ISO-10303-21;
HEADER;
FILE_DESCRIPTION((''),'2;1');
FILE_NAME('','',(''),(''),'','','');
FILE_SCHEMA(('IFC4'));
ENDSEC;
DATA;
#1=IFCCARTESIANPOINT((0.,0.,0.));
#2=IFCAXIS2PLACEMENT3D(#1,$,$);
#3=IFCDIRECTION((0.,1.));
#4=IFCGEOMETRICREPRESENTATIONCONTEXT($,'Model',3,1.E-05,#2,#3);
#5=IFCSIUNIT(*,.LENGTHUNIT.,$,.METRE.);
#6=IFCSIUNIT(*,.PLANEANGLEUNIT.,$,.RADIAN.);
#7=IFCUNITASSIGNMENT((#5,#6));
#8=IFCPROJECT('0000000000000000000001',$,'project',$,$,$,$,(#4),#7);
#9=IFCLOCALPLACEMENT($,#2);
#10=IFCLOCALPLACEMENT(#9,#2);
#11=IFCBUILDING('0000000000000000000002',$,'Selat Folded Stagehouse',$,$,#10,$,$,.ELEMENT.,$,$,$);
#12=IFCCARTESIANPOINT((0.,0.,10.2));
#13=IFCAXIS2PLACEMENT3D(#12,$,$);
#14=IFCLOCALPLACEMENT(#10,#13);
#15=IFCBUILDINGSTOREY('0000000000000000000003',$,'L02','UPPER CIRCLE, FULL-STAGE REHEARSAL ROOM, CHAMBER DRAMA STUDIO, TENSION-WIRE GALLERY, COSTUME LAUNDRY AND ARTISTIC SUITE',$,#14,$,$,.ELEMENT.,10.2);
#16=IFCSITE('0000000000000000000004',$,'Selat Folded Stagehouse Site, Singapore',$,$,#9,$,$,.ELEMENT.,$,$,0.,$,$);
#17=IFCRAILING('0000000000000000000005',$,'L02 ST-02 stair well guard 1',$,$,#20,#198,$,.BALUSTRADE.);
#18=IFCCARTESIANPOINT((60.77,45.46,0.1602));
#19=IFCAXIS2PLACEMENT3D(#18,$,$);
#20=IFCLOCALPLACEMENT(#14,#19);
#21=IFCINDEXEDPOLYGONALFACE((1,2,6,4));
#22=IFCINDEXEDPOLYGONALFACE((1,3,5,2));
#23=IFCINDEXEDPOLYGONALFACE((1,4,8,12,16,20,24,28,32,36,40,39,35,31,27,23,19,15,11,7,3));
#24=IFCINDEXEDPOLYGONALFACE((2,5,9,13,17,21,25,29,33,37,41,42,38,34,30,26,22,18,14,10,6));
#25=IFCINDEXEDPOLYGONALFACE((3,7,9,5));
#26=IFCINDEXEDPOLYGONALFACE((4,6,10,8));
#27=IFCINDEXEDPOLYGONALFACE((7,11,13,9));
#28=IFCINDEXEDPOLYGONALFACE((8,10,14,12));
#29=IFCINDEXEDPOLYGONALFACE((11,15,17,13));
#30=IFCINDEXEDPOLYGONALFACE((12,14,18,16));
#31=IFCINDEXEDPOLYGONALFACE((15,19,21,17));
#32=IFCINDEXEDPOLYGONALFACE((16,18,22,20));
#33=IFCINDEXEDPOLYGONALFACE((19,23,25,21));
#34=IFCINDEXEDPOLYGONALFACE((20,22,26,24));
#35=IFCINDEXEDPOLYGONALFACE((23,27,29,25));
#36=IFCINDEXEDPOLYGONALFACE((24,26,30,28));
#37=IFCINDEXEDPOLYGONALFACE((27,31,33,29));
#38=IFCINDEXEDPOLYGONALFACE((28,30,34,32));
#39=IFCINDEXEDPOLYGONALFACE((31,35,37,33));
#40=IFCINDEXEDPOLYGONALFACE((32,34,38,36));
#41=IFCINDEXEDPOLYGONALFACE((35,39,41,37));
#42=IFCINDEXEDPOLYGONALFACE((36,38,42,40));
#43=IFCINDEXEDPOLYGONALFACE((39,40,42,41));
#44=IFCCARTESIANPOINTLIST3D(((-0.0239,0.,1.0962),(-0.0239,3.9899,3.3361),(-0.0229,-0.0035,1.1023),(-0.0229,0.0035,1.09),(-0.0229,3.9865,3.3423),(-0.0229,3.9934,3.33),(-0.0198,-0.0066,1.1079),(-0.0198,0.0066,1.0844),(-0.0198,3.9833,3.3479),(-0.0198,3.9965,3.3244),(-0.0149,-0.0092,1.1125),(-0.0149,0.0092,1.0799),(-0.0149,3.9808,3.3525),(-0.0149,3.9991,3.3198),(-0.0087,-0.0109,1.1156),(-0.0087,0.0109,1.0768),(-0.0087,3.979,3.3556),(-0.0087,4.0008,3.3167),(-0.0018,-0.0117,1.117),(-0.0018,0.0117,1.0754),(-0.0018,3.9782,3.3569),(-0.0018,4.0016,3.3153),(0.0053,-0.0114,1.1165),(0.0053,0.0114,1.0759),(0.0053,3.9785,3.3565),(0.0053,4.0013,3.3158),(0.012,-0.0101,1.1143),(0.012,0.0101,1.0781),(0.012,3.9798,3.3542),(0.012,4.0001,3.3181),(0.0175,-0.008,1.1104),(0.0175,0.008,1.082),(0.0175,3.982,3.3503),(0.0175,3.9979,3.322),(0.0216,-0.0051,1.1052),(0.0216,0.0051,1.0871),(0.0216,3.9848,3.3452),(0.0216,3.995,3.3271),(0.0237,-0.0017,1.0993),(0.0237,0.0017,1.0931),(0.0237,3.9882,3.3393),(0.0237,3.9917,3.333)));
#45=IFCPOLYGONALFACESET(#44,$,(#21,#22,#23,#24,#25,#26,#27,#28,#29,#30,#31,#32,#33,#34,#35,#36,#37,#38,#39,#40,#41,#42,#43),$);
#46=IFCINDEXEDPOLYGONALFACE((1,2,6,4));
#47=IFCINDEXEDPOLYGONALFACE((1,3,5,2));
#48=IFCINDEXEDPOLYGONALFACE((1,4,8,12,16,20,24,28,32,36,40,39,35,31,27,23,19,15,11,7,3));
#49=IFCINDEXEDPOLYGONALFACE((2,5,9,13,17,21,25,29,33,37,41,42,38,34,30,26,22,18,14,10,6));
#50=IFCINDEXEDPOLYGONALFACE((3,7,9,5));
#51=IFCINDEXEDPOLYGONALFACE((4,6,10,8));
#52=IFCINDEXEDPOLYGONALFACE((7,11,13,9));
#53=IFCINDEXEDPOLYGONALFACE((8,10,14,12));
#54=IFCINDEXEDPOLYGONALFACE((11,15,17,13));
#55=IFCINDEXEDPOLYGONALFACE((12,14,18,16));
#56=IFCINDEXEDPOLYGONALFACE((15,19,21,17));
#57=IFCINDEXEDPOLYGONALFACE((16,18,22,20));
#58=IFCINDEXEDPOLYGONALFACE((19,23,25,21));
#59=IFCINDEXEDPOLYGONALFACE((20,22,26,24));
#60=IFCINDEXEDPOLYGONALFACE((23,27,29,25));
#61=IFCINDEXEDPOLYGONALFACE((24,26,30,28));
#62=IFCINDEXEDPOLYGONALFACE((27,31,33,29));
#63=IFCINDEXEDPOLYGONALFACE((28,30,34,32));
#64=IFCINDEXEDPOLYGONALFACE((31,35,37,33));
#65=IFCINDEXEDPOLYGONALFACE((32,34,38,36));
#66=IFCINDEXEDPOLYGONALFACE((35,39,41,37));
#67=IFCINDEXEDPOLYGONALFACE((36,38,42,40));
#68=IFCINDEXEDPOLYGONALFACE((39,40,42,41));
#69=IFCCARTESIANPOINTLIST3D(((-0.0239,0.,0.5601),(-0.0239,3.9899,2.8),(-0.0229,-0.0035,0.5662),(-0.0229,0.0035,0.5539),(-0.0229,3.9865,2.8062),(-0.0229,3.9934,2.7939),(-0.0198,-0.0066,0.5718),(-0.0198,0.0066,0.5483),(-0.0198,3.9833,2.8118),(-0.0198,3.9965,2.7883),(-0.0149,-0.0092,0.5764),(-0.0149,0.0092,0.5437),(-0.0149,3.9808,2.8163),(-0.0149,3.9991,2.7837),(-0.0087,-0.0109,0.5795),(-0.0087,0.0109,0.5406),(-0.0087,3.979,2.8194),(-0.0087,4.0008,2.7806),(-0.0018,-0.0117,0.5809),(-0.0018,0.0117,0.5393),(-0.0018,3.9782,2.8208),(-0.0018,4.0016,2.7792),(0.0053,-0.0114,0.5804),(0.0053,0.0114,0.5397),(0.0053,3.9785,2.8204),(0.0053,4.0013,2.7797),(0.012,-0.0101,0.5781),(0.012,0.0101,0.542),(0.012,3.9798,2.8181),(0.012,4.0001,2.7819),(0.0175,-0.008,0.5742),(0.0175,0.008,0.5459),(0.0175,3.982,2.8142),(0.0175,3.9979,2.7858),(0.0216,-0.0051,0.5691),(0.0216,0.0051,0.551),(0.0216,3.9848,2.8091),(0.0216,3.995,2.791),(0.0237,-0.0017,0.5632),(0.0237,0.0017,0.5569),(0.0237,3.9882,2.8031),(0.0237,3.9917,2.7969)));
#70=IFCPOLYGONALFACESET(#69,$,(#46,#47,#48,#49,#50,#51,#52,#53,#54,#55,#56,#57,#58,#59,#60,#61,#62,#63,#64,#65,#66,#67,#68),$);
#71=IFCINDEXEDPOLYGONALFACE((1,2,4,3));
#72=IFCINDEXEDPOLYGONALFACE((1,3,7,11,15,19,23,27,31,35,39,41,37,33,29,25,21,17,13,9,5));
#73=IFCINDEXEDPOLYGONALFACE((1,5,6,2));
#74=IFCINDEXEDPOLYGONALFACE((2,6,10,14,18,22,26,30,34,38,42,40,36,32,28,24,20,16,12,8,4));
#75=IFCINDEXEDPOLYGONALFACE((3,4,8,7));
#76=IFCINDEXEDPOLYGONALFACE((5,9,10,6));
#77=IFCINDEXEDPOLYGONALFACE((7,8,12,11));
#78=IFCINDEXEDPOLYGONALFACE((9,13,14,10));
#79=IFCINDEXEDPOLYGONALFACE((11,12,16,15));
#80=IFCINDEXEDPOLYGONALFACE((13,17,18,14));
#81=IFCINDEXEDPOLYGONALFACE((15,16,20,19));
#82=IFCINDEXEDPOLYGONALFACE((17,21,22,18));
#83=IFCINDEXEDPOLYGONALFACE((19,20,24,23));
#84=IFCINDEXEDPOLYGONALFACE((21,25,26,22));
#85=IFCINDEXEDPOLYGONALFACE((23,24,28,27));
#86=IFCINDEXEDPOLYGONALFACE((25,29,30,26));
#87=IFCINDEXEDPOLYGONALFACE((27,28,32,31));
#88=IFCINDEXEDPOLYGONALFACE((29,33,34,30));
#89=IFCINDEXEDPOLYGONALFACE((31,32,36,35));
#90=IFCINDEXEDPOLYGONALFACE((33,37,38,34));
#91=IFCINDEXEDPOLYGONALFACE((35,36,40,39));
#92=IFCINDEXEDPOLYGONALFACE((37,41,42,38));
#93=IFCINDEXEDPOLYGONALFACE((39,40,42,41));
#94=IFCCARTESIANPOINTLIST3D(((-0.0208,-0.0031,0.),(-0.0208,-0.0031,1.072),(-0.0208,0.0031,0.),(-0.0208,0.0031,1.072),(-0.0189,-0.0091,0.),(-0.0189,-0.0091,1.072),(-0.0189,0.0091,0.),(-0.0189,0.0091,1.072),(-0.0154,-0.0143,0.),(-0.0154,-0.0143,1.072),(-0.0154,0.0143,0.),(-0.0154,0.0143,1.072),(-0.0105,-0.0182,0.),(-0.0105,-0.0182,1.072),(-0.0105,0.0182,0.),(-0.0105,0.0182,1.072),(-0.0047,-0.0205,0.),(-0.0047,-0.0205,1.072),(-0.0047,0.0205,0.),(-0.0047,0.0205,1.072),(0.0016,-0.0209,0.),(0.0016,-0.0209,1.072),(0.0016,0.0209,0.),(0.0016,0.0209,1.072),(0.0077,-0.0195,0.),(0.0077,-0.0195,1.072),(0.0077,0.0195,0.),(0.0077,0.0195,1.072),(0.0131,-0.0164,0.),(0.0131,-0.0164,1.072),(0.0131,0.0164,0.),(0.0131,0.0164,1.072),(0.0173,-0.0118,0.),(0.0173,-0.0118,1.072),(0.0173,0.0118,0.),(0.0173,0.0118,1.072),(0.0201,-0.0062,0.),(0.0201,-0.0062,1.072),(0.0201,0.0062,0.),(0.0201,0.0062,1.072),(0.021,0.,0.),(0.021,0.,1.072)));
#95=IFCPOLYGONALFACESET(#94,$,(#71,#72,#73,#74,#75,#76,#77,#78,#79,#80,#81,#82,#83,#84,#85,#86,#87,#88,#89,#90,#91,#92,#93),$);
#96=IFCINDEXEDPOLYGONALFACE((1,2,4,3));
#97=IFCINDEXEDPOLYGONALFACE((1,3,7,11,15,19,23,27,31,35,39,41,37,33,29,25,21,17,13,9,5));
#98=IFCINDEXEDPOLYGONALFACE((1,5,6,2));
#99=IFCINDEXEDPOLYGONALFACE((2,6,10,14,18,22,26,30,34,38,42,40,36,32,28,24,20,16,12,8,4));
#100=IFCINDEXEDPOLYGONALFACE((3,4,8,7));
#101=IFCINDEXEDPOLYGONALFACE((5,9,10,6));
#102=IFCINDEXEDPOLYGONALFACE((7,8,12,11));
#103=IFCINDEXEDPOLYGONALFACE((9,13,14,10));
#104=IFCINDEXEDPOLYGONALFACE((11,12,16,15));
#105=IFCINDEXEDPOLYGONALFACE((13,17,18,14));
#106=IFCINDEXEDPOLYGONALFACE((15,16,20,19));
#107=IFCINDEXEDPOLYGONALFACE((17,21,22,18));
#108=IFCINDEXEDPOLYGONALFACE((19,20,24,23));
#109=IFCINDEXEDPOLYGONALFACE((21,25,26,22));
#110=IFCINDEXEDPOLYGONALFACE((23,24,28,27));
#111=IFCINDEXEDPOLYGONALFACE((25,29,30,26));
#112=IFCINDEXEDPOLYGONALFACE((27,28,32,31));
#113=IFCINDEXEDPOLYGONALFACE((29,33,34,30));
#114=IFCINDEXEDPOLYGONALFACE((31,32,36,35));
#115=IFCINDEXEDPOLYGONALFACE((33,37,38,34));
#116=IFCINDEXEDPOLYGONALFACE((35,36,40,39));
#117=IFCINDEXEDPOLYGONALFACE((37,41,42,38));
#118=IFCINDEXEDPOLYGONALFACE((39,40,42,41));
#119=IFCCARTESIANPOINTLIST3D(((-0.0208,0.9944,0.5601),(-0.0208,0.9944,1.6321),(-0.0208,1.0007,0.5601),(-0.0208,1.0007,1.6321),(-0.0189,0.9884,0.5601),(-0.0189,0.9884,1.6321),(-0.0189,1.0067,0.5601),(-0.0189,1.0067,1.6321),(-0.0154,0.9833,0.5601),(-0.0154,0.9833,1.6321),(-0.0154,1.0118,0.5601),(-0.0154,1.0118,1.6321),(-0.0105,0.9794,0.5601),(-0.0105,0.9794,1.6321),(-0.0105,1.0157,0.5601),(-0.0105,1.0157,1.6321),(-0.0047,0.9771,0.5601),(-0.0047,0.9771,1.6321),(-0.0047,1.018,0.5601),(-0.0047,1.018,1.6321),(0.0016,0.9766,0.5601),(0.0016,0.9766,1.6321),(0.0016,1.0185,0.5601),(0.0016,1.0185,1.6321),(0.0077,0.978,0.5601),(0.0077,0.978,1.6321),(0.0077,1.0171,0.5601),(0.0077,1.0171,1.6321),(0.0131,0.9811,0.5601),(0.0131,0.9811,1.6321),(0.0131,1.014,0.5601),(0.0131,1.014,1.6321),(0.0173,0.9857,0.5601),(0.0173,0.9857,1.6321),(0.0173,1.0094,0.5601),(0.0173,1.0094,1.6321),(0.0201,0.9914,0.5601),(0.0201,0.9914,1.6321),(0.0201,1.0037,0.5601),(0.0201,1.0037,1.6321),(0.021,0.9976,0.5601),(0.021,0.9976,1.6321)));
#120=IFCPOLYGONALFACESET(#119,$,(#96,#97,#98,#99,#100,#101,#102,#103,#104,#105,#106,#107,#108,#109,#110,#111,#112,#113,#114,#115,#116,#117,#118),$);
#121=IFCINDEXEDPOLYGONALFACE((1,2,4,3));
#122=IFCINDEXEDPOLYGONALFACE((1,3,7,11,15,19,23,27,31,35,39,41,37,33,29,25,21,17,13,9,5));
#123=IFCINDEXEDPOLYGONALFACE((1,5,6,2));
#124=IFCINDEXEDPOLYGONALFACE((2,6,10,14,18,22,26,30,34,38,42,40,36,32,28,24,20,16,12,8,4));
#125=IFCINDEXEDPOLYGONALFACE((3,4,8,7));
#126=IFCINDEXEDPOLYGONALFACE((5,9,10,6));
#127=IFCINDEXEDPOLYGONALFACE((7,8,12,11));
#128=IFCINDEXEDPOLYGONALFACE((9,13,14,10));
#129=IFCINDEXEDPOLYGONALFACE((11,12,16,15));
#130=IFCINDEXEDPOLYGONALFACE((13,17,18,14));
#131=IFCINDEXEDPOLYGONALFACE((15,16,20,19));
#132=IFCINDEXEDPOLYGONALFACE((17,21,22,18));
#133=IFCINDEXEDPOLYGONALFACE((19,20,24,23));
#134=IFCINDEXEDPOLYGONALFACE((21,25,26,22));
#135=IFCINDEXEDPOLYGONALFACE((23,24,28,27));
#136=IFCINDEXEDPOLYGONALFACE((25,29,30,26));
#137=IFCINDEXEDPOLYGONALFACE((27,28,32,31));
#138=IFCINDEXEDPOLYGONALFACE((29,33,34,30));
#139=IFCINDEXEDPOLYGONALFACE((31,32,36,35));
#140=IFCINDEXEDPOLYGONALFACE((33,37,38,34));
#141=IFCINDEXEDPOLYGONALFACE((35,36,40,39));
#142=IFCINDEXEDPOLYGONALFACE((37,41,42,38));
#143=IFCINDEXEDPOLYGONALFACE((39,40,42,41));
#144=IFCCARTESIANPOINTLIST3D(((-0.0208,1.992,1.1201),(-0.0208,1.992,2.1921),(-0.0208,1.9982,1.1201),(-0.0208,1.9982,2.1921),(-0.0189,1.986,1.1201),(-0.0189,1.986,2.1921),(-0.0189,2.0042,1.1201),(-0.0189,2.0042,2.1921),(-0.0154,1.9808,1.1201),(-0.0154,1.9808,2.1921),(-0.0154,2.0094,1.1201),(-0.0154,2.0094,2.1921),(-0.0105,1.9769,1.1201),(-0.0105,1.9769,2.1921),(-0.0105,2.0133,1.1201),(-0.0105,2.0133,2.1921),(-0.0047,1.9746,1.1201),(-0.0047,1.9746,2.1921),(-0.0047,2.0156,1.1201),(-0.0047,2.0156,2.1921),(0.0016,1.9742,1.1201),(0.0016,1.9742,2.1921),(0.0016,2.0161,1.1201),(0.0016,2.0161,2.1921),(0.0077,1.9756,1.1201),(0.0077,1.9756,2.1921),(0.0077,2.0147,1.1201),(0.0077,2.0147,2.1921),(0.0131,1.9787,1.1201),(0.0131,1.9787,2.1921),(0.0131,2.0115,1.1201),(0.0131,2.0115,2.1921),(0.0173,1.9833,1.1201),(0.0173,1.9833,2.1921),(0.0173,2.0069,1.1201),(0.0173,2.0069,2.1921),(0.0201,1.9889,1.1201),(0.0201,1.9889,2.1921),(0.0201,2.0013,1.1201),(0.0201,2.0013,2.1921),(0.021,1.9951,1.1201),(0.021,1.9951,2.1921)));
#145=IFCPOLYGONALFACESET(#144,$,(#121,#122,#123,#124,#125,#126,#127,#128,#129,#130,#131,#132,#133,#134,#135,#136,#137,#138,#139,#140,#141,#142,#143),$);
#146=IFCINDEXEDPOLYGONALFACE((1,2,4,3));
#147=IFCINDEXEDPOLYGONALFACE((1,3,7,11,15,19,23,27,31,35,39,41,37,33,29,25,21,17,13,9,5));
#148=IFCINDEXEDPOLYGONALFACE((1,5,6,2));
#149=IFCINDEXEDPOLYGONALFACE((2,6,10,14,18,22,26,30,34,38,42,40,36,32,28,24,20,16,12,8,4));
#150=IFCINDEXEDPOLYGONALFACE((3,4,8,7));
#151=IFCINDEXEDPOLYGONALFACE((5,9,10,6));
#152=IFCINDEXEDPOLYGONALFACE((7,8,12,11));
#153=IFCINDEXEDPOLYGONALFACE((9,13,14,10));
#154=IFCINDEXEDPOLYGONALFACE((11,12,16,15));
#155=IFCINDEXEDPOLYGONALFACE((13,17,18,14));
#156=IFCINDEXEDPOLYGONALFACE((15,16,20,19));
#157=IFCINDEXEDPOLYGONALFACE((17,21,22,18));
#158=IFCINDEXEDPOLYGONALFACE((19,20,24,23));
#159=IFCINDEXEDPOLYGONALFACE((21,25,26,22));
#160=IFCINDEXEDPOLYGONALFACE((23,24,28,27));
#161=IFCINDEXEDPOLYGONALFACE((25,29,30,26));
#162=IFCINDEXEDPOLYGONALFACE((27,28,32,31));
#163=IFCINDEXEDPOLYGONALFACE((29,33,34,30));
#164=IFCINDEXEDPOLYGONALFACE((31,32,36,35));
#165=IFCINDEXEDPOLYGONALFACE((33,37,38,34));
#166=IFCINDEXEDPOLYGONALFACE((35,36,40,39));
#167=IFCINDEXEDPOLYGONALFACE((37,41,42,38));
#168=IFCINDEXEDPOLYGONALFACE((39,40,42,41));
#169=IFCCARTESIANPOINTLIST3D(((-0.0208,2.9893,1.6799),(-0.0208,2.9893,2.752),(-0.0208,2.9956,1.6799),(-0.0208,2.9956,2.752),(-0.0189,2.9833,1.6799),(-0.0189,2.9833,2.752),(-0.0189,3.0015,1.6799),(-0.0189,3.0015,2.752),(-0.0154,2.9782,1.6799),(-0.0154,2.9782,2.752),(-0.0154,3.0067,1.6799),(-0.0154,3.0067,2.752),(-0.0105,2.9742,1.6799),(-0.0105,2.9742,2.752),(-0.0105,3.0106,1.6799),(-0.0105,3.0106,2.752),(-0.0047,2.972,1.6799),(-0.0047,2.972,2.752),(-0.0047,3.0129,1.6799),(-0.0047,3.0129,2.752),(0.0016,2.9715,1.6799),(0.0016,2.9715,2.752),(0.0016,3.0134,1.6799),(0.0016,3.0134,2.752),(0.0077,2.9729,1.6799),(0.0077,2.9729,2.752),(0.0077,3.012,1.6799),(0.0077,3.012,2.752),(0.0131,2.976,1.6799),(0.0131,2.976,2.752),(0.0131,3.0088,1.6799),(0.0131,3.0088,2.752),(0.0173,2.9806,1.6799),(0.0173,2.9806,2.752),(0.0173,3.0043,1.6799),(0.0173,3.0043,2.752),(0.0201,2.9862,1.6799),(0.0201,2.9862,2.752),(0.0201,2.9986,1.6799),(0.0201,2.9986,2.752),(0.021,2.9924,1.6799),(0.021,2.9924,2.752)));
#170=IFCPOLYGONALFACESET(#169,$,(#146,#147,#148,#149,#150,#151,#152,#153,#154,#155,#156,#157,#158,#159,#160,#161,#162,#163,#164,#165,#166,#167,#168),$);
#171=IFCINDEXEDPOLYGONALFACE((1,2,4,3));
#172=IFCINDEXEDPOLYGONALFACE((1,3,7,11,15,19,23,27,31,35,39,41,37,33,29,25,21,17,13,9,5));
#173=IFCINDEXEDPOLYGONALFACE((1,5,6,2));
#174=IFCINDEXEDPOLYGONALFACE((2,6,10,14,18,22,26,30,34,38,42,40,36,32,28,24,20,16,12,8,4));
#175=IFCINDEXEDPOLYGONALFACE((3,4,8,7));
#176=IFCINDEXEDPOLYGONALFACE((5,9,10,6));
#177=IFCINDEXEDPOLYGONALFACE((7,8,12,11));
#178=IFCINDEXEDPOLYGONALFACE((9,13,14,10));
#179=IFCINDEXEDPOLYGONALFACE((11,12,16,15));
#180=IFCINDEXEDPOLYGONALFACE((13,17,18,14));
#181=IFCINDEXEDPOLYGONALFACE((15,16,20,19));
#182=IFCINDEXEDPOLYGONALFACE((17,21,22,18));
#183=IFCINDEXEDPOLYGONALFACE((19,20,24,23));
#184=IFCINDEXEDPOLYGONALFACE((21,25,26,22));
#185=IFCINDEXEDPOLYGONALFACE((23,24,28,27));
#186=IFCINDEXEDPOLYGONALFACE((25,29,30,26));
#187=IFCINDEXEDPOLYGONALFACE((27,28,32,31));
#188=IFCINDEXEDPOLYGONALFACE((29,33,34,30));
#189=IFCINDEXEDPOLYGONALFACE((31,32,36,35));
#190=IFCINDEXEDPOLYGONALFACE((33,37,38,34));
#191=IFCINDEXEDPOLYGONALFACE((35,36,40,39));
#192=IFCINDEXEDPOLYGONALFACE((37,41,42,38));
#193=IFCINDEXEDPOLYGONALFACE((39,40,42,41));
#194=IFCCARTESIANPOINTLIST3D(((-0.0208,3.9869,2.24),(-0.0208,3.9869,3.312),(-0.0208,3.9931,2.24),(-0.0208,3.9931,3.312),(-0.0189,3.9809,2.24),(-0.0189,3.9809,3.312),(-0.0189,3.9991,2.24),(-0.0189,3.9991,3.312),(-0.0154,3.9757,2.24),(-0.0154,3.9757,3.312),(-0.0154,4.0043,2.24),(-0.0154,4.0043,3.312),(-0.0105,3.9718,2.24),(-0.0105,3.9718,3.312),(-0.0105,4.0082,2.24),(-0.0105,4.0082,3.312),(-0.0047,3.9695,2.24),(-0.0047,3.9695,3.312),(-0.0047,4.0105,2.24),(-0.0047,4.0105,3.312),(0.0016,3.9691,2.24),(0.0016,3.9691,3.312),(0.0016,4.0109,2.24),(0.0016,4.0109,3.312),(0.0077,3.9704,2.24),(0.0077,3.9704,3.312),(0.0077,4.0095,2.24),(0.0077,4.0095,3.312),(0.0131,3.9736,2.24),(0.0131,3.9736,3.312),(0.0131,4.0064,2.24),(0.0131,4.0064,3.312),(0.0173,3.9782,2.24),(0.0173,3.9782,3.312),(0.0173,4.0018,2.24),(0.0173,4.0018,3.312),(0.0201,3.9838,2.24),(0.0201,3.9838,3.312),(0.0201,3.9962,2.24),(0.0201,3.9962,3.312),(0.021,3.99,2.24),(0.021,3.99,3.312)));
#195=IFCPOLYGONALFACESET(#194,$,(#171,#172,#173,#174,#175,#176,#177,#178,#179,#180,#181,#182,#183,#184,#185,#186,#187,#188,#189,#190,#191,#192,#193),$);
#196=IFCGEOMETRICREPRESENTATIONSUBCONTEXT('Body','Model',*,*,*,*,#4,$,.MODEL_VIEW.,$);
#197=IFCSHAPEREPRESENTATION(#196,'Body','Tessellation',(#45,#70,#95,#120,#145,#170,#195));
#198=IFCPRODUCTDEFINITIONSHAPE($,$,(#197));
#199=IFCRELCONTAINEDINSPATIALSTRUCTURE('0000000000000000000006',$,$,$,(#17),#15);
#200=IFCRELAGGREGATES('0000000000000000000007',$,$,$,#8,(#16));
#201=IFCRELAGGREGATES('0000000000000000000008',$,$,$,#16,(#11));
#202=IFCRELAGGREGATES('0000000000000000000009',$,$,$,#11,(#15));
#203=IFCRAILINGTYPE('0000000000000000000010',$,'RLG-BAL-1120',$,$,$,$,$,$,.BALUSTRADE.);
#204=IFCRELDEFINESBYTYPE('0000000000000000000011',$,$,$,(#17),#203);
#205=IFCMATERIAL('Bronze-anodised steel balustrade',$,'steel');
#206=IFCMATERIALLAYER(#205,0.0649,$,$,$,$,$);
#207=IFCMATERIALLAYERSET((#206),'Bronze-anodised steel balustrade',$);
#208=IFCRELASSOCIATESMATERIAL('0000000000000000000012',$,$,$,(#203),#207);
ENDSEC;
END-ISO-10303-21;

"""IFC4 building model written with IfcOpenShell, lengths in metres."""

from ifc_helpers import new_model, si_unit, direction, frame, origin, origin_2d, place, context, subcontext, project, spatial, circle, extrude, material, layer, layer_set, type_object, element, save


model = new_model("IFC4")

# Units and contexts
model_context = context("Model", 3, precision=1e-05, world=origin(), true_north=direction((0.0, 1.0)))
body_context = subcontext(model_context, "Body", "Model", "MODEL_VIEW")
ifc_project = project(units=[si_unit("LENGTHUNIT", "METRE"), si_unit("PLANEANGLEUNIT", "RADIAN")], contexts=[model_context])

# Site, building, storey
site_placement = place(None, origin())
site = spatial("IfcSite", under=ifc_project, at=site_placement, Name="Selat Folded Stagehouse Site, Singapore", CompositionType="ELEMENT", RefElevation=0.0)
building_placement = place(site_placement, origin())
building = spatial("IfcBuilding", under=site, at=building_placement, Name="Selat Folded Stagehouse", CompositionType="ELEMENT")
storey_placement = place(building_placement, frame((0.0, 0.0, 10.2)))
storey = spatial("IfcBuildingStorey", under=building, at=storey_placement, Name="L02", Description="UPPER CIRCLE, FULL-STAGE REHEARSAL ROOM, CHAMBER DRAMA STUDIO, TENSION-WIRE GALLERY, COSTUME LAUNDRY AND ARTISTIC SUITE", CompositionType="ELEMENT", Elevation=10.2)

# Railing
ifc_material_1 = material(Name="Bronze-anodised steel balustrade", Category="steel")
ifc_layer_1 = layer(ifc_material_1, 0.0649)
ifc_layer_set_1 = layer_set([ifc_layer_1], Name="Bronze-anodised steel balustrade")
railing_type_1 = type_object("IfcRailingType", Name="RLG-BAL-1120", PredefinedType="BALUSTRADE", material=ifc_layer_set_1)
railing_1_placement = place(storey_placement, frame((60.77, 45.46, 0.1602)))
element("IfcRailing", 1, at=railing_1_placement, inside=storey, type_object=railing_type_1, Name="L02 ST-02 stair well guard 1", PredefinedType="BALUSTRADE", context=body_context, shape_type="SweptSolid", body=[
    extrude(circle(Radius=0.0239, at=origin_2d()), frame((0.0, 0.0, 1.0962), z_axis=(0.0, 0.871984, 0.489534), x_axis=(-1.0, 0.0, 0.0)), (0.0, 0.0, 1.0), 4.5757),
    extrude(circle(Radius=0.0239, at=origin_2d()), frame((0.0, 0.0, 0.5601), z_axis=(0.0, 0.871984, 0.489534), x_axis=(-1.0, 0.0, 0.0)), (0.0, 0.0, 1.0), 4.5757),
    extrude(circle(Radius=0.021, at=origin_2d()), origin(), (0.0, 0.0, 1.0), 1.072),
    extrude(circle(Radius=0.021, at=origin_2d()), frame((0.0, 0.9976, 0.5601)), (0.0, 0.0, 1.0), 1.072),
    extrude(circle(Radius=0.021, at=origin_2d()), frame((0.0, 1.9951, 1.1201)), (0.0, 0.0, 1.0), 1.072),
    extrude(circle(Radius=0.021, at=origin_2d()), frame((0.0, 2.9924, 1.6799)), (0.0, 0.0, 1.0), 1.072),
    extrude(circle(Radius=0.021, at=origin_2d()), frame((0.0, 3.99, 2.24)), (0.0, 0.0, 1.0), 1.072),
])

save(model, "model.ifc")
